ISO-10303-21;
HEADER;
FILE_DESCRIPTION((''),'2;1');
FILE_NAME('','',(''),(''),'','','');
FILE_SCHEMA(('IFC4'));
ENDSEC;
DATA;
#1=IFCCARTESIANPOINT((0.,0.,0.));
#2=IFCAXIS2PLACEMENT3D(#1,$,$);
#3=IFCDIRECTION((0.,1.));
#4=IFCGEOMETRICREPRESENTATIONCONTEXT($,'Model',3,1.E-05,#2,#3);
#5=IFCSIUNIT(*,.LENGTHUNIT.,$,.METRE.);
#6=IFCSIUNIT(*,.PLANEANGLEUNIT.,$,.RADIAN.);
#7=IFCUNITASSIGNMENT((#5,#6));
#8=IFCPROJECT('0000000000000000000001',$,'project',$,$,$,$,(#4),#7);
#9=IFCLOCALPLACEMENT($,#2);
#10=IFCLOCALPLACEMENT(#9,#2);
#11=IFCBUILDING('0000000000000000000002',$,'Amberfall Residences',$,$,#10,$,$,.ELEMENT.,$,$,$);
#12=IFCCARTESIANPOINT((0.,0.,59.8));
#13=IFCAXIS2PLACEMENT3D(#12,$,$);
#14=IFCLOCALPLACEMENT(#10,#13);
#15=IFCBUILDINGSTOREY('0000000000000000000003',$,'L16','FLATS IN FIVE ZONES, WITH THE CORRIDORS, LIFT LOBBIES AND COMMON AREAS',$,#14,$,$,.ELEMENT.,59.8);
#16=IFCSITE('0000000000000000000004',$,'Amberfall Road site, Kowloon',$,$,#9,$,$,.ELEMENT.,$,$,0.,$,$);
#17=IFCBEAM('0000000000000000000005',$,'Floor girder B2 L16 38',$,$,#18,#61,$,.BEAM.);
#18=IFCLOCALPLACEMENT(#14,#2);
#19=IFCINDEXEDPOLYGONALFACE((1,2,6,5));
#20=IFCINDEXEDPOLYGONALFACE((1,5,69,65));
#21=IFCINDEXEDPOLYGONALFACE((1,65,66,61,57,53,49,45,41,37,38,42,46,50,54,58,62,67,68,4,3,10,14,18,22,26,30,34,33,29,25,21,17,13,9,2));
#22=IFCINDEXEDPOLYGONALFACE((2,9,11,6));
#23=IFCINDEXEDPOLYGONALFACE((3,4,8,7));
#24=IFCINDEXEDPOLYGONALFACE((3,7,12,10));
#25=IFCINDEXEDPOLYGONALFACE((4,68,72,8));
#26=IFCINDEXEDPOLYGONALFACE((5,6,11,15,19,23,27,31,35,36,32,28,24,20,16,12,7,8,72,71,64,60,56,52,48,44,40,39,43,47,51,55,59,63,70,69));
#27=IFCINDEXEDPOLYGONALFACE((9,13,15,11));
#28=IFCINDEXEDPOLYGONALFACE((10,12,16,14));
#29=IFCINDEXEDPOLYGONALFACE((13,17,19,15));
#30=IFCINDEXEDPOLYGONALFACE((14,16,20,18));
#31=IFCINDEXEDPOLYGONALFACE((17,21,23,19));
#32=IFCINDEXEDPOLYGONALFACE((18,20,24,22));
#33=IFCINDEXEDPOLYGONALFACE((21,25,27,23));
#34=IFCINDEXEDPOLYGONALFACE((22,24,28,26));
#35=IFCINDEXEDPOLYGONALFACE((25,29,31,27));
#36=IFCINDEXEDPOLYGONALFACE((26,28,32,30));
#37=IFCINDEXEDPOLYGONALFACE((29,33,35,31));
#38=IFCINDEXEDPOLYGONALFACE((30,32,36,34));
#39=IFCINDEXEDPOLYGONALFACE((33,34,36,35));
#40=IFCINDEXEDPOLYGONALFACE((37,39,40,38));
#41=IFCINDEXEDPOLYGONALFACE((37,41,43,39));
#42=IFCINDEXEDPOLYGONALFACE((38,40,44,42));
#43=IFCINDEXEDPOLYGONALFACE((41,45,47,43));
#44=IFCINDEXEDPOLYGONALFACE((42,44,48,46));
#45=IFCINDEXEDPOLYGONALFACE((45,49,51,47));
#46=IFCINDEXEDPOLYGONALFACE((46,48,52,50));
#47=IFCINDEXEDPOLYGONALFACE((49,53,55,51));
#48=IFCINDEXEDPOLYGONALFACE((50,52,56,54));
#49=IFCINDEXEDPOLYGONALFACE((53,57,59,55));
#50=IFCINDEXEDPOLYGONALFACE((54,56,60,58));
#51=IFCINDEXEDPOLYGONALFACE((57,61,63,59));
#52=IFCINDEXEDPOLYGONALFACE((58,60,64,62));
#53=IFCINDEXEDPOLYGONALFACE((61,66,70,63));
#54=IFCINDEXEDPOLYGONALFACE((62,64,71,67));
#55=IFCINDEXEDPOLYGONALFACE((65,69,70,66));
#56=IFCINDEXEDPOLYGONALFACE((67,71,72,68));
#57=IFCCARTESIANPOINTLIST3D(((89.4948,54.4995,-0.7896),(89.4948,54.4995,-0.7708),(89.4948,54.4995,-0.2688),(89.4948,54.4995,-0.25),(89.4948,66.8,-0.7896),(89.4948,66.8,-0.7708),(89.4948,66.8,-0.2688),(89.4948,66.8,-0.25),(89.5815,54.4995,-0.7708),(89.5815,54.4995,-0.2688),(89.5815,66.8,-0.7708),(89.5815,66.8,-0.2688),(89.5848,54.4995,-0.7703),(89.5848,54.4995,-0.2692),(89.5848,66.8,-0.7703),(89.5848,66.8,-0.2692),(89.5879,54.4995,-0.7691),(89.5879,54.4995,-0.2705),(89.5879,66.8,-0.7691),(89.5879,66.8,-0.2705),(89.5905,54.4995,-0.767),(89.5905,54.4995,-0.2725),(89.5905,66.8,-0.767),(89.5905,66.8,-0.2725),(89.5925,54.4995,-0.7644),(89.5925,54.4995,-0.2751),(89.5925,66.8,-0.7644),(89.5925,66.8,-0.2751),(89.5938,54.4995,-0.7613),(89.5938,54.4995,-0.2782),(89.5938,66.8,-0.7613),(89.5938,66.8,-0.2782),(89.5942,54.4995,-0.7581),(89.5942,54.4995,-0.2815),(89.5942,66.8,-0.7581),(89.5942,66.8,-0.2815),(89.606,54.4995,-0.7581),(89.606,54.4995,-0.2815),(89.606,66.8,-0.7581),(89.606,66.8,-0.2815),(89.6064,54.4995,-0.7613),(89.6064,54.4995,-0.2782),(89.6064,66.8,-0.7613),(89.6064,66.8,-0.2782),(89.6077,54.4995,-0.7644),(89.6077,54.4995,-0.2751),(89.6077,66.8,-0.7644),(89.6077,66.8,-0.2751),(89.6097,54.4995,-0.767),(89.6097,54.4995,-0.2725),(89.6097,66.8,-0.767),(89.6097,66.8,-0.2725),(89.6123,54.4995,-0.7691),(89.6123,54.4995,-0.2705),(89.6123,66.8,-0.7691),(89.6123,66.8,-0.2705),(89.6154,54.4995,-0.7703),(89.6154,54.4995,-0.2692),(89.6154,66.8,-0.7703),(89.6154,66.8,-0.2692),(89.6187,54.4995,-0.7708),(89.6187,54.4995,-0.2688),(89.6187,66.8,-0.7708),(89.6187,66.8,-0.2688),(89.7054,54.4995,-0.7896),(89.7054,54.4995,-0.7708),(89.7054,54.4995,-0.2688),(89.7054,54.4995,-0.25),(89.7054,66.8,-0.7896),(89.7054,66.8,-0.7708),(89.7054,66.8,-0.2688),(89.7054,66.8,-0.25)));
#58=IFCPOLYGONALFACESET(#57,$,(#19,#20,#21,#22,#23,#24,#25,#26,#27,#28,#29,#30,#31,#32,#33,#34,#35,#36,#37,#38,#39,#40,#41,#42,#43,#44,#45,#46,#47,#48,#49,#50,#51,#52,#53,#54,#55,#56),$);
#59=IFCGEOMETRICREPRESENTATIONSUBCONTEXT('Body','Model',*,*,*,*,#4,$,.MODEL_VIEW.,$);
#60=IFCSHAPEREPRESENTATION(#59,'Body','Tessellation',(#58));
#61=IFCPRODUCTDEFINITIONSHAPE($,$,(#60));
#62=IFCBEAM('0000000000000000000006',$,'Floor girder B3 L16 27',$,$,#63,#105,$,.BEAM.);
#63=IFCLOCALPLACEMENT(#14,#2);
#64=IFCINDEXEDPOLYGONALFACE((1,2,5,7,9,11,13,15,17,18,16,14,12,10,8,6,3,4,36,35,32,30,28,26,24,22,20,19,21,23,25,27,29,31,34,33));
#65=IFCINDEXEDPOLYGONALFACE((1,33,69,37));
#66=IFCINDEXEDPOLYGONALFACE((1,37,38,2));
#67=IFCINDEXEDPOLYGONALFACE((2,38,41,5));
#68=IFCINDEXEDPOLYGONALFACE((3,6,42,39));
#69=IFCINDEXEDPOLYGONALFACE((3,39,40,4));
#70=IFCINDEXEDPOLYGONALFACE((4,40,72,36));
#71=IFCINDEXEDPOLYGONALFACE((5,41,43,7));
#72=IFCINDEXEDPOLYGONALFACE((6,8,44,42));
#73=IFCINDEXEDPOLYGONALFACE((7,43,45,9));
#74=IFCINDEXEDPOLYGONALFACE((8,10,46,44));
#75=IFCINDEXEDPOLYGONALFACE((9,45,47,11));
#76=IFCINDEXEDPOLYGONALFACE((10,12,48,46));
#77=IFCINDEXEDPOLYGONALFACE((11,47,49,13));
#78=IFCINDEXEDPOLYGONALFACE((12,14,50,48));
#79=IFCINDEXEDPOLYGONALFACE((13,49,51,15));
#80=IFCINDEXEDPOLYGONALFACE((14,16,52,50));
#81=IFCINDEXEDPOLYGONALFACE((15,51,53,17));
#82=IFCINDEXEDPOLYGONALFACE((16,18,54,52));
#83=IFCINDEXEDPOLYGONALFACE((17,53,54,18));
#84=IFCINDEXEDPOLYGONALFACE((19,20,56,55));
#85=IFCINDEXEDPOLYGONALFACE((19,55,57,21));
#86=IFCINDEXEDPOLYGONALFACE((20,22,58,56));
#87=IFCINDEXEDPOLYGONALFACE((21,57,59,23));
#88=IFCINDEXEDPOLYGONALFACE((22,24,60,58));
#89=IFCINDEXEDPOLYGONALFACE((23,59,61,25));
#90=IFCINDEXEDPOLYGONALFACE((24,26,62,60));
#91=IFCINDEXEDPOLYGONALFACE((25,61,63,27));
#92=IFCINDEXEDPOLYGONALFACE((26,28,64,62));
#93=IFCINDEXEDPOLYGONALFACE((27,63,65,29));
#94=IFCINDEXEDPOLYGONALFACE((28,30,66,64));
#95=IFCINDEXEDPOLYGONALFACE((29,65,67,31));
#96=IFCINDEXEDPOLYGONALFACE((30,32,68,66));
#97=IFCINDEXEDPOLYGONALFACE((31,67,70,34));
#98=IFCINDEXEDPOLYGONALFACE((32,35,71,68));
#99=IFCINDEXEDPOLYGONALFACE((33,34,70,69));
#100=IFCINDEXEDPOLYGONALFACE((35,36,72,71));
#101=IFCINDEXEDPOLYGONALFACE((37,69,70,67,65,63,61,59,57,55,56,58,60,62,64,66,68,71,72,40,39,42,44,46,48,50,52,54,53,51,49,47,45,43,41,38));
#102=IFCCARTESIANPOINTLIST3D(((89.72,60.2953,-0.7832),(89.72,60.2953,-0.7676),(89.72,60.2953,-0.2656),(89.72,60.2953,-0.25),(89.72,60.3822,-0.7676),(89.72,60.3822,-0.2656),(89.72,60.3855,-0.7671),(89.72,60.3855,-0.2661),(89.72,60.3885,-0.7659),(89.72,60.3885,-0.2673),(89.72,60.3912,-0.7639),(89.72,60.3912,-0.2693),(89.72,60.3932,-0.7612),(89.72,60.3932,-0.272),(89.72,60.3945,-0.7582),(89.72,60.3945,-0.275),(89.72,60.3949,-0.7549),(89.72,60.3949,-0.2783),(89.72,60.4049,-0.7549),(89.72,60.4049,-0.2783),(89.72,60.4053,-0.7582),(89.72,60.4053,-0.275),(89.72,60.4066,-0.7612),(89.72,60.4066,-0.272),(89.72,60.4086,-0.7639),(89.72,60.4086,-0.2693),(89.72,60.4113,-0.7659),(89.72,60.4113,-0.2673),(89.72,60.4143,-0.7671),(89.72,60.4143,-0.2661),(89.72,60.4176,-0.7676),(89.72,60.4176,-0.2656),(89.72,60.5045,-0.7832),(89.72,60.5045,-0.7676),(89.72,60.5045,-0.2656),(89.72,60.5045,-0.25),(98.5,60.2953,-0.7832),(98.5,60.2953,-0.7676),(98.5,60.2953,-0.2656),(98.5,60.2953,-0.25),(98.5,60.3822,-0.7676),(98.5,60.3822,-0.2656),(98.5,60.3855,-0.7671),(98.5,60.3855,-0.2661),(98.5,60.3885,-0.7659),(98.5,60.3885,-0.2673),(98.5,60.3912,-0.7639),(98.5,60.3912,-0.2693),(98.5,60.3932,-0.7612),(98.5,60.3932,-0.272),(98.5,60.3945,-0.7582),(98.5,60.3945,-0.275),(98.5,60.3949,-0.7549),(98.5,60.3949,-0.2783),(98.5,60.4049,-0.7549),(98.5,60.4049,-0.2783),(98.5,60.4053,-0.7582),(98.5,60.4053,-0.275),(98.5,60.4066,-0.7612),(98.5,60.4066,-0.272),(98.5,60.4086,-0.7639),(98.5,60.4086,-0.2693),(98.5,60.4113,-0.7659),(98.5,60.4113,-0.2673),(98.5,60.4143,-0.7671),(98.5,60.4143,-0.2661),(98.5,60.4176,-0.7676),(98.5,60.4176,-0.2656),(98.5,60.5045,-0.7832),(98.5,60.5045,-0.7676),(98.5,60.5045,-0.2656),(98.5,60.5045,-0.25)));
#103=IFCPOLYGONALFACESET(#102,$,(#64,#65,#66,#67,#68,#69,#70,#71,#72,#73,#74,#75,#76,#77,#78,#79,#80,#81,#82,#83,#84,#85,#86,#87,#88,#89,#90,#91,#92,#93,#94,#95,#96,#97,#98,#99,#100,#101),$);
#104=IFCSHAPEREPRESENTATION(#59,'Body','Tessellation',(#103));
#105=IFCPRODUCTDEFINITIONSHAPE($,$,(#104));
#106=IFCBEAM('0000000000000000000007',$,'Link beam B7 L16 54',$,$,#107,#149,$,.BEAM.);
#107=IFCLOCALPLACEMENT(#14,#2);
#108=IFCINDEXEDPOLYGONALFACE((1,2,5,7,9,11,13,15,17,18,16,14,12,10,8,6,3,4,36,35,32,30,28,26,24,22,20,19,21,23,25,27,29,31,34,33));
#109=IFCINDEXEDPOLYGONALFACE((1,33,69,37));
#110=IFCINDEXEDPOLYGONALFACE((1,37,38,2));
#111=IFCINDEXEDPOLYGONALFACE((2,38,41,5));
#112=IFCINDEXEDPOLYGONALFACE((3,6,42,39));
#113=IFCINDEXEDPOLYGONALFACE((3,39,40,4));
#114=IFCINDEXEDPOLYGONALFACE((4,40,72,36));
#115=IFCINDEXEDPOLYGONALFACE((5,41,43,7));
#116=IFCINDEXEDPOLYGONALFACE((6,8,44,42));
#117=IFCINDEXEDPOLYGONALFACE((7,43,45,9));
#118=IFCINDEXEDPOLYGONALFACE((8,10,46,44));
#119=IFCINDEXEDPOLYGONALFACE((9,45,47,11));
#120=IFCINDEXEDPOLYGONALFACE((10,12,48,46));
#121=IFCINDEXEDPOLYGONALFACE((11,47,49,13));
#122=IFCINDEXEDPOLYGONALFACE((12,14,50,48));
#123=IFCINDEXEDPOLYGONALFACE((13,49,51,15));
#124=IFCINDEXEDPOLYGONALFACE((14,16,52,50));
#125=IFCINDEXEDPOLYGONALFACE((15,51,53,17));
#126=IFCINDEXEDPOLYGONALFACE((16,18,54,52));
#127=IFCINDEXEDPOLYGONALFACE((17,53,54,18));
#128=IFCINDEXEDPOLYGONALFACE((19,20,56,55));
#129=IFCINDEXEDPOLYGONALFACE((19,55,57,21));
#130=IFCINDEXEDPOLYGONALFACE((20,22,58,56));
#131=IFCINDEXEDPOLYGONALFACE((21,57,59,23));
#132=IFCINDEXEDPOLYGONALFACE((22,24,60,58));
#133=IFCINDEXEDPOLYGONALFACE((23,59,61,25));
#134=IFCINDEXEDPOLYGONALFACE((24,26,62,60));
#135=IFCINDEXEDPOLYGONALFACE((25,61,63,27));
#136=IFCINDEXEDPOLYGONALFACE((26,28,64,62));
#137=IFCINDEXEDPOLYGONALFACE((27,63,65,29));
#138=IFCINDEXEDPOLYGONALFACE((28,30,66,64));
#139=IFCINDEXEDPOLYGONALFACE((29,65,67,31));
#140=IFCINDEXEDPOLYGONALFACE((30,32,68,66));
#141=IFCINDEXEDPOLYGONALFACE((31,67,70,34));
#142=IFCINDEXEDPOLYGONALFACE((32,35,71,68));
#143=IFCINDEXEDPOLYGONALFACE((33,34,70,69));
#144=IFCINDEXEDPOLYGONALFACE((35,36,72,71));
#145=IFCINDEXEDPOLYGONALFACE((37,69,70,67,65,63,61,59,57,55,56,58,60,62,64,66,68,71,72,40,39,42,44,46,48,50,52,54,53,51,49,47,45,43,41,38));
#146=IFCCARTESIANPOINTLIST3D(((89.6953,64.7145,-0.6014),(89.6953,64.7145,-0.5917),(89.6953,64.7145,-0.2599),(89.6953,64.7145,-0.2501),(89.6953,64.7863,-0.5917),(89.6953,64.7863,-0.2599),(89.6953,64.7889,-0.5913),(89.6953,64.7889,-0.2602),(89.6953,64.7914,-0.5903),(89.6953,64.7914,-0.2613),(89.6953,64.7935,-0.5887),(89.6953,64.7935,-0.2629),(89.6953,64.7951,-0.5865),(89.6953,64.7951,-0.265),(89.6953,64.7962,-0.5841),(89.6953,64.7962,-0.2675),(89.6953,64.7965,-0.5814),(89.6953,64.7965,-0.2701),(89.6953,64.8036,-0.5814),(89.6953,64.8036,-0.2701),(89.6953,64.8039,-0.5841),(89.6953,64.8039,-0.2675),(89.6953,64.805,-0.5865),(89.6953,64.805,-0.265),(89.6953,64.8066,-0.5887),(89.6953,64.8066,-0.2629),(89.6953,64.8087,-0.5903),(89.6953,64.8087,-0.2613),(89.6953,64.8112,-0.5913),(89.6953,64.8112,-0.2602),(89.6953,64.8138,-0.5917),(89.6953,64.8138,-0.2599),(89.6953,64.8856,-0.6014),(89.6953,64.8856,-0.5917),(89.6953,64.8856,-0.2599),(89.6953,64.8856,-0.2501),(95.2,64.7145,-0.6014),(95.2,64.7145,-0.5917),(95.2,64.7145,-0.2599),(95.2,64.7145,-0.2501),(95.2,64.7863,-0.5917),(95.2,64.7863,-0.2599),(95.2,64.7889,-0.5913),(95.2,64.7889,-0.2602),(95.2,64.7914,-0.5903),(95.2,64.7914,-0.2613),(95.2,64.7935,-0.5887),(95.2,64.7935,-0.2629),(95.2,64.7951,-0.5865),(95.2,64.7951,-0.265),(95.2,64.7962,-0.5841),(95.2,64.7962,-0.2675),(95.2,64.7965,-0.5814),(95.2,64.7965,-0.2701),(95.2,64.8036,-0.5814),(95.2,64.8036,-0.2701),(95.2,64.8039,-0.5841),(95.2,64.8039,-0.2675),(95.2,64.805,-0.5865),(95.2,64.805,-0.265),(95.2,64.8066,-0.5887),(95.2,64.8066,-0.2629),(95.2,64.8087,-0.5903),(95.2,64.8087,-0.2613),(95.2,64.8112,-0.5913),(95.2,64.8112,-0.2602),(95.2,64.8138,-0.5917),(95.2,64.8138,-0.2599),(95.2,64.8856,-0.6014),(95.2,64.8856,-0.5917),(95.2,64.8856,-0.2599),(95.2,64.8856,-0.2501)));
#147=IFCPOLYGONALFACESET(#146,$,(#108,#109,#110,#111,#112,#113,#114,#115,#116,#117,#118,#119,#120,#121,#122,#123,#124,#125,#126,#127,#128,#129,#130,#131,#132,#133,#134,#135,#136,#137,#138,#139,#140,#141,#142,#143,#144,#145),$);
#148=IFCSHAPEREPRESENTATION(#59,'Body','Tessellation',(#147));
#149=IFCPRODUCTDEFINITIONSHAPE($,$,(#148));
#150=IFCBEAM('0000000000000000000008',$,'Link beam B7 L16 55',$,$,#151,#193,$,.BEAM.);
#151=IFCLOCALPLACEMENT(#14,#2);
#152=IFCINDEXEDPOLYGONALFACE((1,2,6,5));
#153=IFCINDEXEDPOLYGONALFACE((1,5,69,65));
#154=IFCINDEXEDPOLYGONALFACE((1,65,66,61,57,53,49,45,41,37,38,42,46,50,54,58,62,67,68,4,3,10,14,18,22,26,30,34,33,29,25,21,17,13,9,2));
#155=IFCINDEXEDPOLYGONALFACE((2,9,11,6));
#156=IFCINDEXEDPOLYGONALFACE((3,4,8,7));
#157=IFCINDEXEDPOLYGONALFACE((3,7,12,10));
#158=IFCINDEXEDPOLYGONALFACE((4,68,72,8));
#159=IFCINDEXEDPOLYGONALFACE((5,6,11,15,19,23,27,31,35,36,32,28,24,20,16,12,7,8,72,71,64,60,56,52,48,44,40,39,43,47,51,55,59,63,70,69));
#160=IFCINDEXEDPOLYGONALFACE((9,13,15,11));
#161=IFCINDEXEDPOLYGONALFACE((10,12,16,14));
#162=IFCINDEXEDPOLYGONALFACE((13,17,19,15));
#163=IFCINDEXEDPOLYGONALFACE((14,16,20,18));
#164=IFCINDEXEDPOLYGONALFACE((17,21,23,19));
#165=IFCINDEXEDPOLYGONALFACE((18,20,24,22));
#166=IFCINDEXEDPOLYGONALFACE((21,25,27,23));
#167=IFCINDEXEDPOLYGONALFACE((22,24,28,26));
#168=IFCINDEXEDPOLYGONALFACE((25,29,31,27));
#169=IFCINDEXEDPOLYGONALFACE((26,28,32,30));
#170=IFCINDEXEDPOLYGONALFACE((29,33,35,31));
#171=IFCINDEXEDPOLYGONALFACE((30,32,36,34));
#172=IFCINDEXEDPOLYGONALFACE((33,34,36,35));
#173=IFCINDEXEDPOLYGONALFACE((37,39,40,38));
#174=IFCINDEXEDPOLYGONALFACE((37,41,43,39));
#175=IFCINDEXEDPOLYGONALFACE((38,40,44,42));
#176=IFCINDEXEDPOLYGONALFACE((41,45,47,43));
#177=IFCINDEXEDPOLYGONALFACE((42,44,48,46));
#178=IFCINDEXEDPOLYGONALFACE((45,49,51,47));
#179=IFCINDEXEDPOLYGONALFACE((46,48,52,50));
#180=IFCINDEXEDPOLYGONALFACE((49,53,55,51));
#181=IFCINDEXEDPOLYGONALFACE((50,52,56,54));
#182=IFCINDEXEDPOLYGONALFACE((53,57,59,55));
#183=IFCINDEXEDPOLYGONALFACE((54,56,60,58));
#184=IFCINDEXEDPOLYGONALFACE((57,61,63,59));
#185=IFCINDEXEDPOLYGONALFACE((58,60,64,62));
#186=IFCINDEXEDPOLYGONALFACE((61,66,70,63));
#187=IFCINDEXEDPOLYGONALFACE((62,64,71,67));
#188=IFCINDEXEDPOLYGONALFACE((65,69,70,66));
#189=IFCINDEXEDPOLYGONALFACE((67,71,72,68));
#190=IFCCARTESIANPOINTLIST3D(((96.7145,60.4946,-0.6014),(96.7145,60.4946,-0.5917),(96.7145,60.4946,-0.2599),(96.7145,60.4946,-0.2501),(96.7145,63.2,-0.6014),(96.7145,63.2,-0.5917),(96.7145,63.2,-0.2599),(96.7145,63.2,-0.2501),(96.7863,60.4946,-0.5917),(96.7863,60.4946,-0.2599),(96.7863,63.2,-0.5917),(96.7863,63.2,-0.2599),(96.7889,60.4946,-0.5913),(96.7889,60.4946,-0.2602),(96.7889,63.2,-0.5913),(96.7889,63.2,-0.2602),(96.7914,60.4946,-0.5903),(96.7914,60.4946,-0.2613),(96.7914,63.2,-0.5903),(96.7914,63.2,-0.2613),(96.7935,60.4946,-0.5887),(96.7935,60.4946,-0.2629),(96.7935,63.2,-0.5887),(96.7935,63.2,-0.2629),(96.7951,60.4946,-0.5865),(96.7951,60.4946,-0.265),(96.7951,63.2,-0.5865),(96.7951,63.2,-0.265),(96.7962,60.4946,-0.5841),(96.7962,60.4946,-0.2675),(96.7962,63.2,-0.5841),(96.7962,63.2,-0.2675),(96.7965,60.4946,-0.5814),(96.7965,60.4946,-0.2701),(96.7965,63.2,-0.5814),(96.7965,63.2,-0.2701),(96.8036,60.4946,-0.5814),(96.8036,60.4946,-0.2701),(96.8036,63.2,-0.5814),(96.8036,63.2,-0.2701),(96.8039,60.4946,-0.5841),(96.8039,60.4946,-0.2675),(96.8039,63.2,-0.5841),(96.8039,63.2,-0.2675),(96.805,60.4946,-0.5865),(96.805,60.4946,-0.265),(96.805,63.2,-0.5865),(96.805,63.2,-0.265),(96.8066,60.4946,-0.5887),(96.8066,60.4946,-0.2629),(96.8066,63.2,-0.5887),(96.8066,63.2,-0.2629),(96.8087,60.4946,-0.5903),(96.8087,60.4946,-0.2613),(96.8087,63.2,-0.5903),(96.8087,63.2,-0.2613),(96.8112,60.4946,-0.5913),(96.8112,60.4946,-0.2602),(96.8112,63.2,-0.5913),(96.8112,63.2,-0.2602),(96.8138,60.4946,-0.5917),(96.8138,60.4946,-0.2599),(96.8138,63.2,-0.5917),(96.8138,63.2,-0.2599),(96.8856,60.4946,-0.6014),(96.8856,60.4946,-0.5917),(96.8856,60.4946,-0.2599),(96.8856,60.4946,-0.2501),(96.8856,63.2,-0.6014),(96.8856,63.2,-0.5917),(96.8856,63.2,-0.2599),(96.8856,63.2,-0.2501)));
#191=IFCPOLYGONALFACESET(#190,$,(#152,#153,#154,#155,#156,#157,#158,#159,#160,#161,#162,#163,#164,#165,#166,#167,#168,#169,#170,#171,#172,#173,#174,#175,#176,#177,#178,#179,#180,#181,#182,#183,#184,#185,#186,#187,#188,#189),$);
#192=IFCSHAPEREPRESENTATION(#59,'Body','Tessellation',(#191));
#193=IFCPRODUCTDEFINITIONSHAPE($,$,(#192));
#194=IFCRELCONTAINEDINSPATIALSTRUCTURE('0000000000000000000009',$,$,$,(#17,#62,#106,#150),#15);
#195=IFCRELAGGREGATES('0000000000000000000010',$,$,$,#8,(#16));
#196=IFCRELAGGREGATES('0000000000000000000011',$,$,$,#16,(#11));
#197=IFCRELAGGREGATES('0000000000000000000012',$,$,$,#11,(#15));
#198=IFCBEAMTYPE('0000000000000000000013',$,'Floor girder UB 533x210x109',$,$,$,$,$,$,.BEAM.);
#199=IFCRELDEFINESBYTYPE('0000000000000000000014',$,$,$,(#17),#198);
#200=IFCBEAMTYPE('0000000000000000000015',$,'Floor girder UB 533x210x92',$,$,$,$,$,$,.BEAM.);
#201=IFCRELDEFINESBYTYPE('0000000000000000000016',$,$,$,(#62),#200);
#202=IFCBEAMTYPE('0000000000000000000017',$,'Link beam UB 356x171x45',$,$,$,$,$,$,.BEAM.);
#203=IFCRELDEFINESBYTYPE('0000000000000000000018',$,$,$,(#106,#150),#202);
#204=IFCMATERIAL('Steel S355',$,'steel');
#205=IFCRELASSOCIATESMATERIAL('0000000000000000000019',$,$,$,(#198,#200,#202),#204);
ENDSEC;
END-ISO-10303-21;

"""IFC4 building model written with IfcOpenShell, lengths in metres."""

from ifc_helpers import new_model, si_unit, direction, frame, origin, origin_2d, place, context, subcontext, project, spatial, i_section, extrude, material, material_profile, profile_set, type_object, element, save


model = new_model("IFC4")

# Units and contexts
model_context = context("Model", 3, precision=1e-05, world=origin(), true_north=direction((0.0, 1.0)))
body_context = subcontext(model_context, "Body", "Model", "MODEL_VIEW")
ifc_project = project(units=[si_unit("LENGTHUNIT", "METRE"), si_unit("PLANEANGLEUNIT", "RADIAN")], contexts=[model_context])

# Site, building, storey
site_placement = place(None, origin())
site = spatial("IfcSite", under=ifc_project, at=site_placement, Name="Amberfall Road site, Kowloon", CompositionType="ELEMENT", RefElevation=0.0)
building_placement = place(site_placement, origin())
building = spatial("IfcBuilding", under=site, at=building_placement, Name="Amberfall Residences", CompositionType="ELEMENT")
storey_placement = place(building_placement, frame((0.0, 0.0, 59.8)))
storey = spatial("IfcBuildingStorey", under=building, at=storey_placement, Name="L16", Description="FLATS IN FIVE ZONES, WITH THE CORRIDORS, LIFT LOBBIES AND COMMON AREAS", CompositionType="ELEMENT", Elevation=59.8)

# Beams
ifc_material_1 = material(Name="Steel S355", Category="steel")
ifc_material_profile_1 = material_profile(ifc_material_1, i_section(OverallWidth=0.2107, OverallDepth=0.5396, WebThickness=0.0117, FlangeThickness=0.0188, FilletRadius=0.0127, at=origin_2d()), Name="UB 533x210x109")
ifc_profile_set_1 = profile_set([ifc_material_profile_1], Name="Steel S355")
beam_type_1 = type_object("IfcBeamType", Name="Floor girder UB 533x210x109", PredefinedType="BEAM", material=ifc_profile_set_1)
beam_1_placement = place(storey_placement, frame((89.6001, 66.8, -0.5198), z_axis=(0.0, -1.0, 0.0), x_axis=(1.0, 0.0, 0.0)))
element("IfcBeam", 1, at=beam_1_placement, inside=storey, type_object=beam_type_1, Name="Floor girder B2 L16 38", PredefinedType="BEAM", context=body_context, shape_type="SweptSolid", body=[
    extrude(i_section(OverallWidth=0.2107, OverallDepth=0.5396, WebThickness=0.0117, FlangeThickness=0.0188, FilletRadius=0.0127, at=origin_2d()), origin(), (0.0, 0.0, 1.0), 12.3005),
])
ifc_material_profile_2 = material_profile(ifc_material_1, i_section(OverallWidth=0.2092, OverallDepth=0.5332, WebThickness=0.01, FlangeThickness=0.0156, FilletRadius=0.0127, at=origin_2d()), Name="UB 533x210x92")
ifc_profile_set_2 = profile_set([ifc_material_profile_2], Name="Steel S355")
beam_type_2 = type_object("IfcBeamType", Name="Floor girder UB 533x210x92", PredefinedType="BEAM", material=ifc_profile_set_2)
beam_2_placement = place(storey_placement, frame((98.5, 60.3999, -0.5166), z_axis=(-1.0, 0.0, 0.0), x_axis=(0.0, -1.0, 0.0)))
element("IfcBeam", 2, at=beam_2_placement, inside=storey, type_object=beam_type_2, Name="Floor girder B3 L16 27", PredefinedType="BEAM", context=body_context, shape_type="SweptSolid", body=[
    extrude(i_section(OverallWidth=0.2092, OverallDepth=0.5332, WebThickness=0.01, FlangeThickness=0.0156, FilletRadius=0.0127, at=origin_2d()), origin(), (0.0, 0.0, 1.0), 8.78),
])
ifc_material_profile_3 = material_profile(ifc_material_1, i_section(OverallWidth=0.1711, OverallDepth=0.3513, WebThickness=0.0071, FlangeThickness=0.0098, FilletRadius=0.0103, at=origin_2d()), Name="UB 356x171x45")
ifc_profile_set_3 = profile_set([ifc_material_profile_3], Name="Steel S355")
beam_type_3 = type_object("IfcBeamType", Name="Link beam UB 356x171x45", PredefinedType="BEAM", material=ifc_profile_set_3)
beam_3_placement = place(storey_placement, frame((95.2, 64.8, -0.4258), z_axis=(-1.0, 0.0, 0.0), x_axis=(0.0, -1.0, 0.0)))
element("IfcBeam", 3, at=beam_3_placement, inside=storey, type_object=beam_type_3, Name="Link beam B7 L16 54", PredefinedType="BEAM", context=body_context, shape_type="SweptSolid", body=[
    extrude(i_section(OverallWidth=0.1711, OverallDepth=0.3513, WebThickness=0.0071, FlangeThickness=0.0098, FilletRadius=0.0103, at=origin_2d()), origin(), (0.0, 0.0, 1.0), 5.5046),
])
beam_4_placement = place(storey_placement, frame((96.8, 63.2, -0.4258), z_axis=(0.0, -1.0, 0.0), x_axis=(1.0, 0.0, 0.0)))
element("IfcBeam", 4, at=beam_4_placement, inside=storey, type_object=beam_type_3, Name="Link beam B7 L16 55", PredefinedType="BEAM", context=body_context, shape_type="SweptSolid", body=[
    extrude(i_section(OverallWidth=0.1711, OverallDepth=0.3513, WebThickness=0.0071, FlangeThickness=0.0098, FilletRadius=0.0103, at=origin_2d()), origin(), (0.0, 0.0, 1.0), 2.7053),
])

save(model, "model.ifc")
